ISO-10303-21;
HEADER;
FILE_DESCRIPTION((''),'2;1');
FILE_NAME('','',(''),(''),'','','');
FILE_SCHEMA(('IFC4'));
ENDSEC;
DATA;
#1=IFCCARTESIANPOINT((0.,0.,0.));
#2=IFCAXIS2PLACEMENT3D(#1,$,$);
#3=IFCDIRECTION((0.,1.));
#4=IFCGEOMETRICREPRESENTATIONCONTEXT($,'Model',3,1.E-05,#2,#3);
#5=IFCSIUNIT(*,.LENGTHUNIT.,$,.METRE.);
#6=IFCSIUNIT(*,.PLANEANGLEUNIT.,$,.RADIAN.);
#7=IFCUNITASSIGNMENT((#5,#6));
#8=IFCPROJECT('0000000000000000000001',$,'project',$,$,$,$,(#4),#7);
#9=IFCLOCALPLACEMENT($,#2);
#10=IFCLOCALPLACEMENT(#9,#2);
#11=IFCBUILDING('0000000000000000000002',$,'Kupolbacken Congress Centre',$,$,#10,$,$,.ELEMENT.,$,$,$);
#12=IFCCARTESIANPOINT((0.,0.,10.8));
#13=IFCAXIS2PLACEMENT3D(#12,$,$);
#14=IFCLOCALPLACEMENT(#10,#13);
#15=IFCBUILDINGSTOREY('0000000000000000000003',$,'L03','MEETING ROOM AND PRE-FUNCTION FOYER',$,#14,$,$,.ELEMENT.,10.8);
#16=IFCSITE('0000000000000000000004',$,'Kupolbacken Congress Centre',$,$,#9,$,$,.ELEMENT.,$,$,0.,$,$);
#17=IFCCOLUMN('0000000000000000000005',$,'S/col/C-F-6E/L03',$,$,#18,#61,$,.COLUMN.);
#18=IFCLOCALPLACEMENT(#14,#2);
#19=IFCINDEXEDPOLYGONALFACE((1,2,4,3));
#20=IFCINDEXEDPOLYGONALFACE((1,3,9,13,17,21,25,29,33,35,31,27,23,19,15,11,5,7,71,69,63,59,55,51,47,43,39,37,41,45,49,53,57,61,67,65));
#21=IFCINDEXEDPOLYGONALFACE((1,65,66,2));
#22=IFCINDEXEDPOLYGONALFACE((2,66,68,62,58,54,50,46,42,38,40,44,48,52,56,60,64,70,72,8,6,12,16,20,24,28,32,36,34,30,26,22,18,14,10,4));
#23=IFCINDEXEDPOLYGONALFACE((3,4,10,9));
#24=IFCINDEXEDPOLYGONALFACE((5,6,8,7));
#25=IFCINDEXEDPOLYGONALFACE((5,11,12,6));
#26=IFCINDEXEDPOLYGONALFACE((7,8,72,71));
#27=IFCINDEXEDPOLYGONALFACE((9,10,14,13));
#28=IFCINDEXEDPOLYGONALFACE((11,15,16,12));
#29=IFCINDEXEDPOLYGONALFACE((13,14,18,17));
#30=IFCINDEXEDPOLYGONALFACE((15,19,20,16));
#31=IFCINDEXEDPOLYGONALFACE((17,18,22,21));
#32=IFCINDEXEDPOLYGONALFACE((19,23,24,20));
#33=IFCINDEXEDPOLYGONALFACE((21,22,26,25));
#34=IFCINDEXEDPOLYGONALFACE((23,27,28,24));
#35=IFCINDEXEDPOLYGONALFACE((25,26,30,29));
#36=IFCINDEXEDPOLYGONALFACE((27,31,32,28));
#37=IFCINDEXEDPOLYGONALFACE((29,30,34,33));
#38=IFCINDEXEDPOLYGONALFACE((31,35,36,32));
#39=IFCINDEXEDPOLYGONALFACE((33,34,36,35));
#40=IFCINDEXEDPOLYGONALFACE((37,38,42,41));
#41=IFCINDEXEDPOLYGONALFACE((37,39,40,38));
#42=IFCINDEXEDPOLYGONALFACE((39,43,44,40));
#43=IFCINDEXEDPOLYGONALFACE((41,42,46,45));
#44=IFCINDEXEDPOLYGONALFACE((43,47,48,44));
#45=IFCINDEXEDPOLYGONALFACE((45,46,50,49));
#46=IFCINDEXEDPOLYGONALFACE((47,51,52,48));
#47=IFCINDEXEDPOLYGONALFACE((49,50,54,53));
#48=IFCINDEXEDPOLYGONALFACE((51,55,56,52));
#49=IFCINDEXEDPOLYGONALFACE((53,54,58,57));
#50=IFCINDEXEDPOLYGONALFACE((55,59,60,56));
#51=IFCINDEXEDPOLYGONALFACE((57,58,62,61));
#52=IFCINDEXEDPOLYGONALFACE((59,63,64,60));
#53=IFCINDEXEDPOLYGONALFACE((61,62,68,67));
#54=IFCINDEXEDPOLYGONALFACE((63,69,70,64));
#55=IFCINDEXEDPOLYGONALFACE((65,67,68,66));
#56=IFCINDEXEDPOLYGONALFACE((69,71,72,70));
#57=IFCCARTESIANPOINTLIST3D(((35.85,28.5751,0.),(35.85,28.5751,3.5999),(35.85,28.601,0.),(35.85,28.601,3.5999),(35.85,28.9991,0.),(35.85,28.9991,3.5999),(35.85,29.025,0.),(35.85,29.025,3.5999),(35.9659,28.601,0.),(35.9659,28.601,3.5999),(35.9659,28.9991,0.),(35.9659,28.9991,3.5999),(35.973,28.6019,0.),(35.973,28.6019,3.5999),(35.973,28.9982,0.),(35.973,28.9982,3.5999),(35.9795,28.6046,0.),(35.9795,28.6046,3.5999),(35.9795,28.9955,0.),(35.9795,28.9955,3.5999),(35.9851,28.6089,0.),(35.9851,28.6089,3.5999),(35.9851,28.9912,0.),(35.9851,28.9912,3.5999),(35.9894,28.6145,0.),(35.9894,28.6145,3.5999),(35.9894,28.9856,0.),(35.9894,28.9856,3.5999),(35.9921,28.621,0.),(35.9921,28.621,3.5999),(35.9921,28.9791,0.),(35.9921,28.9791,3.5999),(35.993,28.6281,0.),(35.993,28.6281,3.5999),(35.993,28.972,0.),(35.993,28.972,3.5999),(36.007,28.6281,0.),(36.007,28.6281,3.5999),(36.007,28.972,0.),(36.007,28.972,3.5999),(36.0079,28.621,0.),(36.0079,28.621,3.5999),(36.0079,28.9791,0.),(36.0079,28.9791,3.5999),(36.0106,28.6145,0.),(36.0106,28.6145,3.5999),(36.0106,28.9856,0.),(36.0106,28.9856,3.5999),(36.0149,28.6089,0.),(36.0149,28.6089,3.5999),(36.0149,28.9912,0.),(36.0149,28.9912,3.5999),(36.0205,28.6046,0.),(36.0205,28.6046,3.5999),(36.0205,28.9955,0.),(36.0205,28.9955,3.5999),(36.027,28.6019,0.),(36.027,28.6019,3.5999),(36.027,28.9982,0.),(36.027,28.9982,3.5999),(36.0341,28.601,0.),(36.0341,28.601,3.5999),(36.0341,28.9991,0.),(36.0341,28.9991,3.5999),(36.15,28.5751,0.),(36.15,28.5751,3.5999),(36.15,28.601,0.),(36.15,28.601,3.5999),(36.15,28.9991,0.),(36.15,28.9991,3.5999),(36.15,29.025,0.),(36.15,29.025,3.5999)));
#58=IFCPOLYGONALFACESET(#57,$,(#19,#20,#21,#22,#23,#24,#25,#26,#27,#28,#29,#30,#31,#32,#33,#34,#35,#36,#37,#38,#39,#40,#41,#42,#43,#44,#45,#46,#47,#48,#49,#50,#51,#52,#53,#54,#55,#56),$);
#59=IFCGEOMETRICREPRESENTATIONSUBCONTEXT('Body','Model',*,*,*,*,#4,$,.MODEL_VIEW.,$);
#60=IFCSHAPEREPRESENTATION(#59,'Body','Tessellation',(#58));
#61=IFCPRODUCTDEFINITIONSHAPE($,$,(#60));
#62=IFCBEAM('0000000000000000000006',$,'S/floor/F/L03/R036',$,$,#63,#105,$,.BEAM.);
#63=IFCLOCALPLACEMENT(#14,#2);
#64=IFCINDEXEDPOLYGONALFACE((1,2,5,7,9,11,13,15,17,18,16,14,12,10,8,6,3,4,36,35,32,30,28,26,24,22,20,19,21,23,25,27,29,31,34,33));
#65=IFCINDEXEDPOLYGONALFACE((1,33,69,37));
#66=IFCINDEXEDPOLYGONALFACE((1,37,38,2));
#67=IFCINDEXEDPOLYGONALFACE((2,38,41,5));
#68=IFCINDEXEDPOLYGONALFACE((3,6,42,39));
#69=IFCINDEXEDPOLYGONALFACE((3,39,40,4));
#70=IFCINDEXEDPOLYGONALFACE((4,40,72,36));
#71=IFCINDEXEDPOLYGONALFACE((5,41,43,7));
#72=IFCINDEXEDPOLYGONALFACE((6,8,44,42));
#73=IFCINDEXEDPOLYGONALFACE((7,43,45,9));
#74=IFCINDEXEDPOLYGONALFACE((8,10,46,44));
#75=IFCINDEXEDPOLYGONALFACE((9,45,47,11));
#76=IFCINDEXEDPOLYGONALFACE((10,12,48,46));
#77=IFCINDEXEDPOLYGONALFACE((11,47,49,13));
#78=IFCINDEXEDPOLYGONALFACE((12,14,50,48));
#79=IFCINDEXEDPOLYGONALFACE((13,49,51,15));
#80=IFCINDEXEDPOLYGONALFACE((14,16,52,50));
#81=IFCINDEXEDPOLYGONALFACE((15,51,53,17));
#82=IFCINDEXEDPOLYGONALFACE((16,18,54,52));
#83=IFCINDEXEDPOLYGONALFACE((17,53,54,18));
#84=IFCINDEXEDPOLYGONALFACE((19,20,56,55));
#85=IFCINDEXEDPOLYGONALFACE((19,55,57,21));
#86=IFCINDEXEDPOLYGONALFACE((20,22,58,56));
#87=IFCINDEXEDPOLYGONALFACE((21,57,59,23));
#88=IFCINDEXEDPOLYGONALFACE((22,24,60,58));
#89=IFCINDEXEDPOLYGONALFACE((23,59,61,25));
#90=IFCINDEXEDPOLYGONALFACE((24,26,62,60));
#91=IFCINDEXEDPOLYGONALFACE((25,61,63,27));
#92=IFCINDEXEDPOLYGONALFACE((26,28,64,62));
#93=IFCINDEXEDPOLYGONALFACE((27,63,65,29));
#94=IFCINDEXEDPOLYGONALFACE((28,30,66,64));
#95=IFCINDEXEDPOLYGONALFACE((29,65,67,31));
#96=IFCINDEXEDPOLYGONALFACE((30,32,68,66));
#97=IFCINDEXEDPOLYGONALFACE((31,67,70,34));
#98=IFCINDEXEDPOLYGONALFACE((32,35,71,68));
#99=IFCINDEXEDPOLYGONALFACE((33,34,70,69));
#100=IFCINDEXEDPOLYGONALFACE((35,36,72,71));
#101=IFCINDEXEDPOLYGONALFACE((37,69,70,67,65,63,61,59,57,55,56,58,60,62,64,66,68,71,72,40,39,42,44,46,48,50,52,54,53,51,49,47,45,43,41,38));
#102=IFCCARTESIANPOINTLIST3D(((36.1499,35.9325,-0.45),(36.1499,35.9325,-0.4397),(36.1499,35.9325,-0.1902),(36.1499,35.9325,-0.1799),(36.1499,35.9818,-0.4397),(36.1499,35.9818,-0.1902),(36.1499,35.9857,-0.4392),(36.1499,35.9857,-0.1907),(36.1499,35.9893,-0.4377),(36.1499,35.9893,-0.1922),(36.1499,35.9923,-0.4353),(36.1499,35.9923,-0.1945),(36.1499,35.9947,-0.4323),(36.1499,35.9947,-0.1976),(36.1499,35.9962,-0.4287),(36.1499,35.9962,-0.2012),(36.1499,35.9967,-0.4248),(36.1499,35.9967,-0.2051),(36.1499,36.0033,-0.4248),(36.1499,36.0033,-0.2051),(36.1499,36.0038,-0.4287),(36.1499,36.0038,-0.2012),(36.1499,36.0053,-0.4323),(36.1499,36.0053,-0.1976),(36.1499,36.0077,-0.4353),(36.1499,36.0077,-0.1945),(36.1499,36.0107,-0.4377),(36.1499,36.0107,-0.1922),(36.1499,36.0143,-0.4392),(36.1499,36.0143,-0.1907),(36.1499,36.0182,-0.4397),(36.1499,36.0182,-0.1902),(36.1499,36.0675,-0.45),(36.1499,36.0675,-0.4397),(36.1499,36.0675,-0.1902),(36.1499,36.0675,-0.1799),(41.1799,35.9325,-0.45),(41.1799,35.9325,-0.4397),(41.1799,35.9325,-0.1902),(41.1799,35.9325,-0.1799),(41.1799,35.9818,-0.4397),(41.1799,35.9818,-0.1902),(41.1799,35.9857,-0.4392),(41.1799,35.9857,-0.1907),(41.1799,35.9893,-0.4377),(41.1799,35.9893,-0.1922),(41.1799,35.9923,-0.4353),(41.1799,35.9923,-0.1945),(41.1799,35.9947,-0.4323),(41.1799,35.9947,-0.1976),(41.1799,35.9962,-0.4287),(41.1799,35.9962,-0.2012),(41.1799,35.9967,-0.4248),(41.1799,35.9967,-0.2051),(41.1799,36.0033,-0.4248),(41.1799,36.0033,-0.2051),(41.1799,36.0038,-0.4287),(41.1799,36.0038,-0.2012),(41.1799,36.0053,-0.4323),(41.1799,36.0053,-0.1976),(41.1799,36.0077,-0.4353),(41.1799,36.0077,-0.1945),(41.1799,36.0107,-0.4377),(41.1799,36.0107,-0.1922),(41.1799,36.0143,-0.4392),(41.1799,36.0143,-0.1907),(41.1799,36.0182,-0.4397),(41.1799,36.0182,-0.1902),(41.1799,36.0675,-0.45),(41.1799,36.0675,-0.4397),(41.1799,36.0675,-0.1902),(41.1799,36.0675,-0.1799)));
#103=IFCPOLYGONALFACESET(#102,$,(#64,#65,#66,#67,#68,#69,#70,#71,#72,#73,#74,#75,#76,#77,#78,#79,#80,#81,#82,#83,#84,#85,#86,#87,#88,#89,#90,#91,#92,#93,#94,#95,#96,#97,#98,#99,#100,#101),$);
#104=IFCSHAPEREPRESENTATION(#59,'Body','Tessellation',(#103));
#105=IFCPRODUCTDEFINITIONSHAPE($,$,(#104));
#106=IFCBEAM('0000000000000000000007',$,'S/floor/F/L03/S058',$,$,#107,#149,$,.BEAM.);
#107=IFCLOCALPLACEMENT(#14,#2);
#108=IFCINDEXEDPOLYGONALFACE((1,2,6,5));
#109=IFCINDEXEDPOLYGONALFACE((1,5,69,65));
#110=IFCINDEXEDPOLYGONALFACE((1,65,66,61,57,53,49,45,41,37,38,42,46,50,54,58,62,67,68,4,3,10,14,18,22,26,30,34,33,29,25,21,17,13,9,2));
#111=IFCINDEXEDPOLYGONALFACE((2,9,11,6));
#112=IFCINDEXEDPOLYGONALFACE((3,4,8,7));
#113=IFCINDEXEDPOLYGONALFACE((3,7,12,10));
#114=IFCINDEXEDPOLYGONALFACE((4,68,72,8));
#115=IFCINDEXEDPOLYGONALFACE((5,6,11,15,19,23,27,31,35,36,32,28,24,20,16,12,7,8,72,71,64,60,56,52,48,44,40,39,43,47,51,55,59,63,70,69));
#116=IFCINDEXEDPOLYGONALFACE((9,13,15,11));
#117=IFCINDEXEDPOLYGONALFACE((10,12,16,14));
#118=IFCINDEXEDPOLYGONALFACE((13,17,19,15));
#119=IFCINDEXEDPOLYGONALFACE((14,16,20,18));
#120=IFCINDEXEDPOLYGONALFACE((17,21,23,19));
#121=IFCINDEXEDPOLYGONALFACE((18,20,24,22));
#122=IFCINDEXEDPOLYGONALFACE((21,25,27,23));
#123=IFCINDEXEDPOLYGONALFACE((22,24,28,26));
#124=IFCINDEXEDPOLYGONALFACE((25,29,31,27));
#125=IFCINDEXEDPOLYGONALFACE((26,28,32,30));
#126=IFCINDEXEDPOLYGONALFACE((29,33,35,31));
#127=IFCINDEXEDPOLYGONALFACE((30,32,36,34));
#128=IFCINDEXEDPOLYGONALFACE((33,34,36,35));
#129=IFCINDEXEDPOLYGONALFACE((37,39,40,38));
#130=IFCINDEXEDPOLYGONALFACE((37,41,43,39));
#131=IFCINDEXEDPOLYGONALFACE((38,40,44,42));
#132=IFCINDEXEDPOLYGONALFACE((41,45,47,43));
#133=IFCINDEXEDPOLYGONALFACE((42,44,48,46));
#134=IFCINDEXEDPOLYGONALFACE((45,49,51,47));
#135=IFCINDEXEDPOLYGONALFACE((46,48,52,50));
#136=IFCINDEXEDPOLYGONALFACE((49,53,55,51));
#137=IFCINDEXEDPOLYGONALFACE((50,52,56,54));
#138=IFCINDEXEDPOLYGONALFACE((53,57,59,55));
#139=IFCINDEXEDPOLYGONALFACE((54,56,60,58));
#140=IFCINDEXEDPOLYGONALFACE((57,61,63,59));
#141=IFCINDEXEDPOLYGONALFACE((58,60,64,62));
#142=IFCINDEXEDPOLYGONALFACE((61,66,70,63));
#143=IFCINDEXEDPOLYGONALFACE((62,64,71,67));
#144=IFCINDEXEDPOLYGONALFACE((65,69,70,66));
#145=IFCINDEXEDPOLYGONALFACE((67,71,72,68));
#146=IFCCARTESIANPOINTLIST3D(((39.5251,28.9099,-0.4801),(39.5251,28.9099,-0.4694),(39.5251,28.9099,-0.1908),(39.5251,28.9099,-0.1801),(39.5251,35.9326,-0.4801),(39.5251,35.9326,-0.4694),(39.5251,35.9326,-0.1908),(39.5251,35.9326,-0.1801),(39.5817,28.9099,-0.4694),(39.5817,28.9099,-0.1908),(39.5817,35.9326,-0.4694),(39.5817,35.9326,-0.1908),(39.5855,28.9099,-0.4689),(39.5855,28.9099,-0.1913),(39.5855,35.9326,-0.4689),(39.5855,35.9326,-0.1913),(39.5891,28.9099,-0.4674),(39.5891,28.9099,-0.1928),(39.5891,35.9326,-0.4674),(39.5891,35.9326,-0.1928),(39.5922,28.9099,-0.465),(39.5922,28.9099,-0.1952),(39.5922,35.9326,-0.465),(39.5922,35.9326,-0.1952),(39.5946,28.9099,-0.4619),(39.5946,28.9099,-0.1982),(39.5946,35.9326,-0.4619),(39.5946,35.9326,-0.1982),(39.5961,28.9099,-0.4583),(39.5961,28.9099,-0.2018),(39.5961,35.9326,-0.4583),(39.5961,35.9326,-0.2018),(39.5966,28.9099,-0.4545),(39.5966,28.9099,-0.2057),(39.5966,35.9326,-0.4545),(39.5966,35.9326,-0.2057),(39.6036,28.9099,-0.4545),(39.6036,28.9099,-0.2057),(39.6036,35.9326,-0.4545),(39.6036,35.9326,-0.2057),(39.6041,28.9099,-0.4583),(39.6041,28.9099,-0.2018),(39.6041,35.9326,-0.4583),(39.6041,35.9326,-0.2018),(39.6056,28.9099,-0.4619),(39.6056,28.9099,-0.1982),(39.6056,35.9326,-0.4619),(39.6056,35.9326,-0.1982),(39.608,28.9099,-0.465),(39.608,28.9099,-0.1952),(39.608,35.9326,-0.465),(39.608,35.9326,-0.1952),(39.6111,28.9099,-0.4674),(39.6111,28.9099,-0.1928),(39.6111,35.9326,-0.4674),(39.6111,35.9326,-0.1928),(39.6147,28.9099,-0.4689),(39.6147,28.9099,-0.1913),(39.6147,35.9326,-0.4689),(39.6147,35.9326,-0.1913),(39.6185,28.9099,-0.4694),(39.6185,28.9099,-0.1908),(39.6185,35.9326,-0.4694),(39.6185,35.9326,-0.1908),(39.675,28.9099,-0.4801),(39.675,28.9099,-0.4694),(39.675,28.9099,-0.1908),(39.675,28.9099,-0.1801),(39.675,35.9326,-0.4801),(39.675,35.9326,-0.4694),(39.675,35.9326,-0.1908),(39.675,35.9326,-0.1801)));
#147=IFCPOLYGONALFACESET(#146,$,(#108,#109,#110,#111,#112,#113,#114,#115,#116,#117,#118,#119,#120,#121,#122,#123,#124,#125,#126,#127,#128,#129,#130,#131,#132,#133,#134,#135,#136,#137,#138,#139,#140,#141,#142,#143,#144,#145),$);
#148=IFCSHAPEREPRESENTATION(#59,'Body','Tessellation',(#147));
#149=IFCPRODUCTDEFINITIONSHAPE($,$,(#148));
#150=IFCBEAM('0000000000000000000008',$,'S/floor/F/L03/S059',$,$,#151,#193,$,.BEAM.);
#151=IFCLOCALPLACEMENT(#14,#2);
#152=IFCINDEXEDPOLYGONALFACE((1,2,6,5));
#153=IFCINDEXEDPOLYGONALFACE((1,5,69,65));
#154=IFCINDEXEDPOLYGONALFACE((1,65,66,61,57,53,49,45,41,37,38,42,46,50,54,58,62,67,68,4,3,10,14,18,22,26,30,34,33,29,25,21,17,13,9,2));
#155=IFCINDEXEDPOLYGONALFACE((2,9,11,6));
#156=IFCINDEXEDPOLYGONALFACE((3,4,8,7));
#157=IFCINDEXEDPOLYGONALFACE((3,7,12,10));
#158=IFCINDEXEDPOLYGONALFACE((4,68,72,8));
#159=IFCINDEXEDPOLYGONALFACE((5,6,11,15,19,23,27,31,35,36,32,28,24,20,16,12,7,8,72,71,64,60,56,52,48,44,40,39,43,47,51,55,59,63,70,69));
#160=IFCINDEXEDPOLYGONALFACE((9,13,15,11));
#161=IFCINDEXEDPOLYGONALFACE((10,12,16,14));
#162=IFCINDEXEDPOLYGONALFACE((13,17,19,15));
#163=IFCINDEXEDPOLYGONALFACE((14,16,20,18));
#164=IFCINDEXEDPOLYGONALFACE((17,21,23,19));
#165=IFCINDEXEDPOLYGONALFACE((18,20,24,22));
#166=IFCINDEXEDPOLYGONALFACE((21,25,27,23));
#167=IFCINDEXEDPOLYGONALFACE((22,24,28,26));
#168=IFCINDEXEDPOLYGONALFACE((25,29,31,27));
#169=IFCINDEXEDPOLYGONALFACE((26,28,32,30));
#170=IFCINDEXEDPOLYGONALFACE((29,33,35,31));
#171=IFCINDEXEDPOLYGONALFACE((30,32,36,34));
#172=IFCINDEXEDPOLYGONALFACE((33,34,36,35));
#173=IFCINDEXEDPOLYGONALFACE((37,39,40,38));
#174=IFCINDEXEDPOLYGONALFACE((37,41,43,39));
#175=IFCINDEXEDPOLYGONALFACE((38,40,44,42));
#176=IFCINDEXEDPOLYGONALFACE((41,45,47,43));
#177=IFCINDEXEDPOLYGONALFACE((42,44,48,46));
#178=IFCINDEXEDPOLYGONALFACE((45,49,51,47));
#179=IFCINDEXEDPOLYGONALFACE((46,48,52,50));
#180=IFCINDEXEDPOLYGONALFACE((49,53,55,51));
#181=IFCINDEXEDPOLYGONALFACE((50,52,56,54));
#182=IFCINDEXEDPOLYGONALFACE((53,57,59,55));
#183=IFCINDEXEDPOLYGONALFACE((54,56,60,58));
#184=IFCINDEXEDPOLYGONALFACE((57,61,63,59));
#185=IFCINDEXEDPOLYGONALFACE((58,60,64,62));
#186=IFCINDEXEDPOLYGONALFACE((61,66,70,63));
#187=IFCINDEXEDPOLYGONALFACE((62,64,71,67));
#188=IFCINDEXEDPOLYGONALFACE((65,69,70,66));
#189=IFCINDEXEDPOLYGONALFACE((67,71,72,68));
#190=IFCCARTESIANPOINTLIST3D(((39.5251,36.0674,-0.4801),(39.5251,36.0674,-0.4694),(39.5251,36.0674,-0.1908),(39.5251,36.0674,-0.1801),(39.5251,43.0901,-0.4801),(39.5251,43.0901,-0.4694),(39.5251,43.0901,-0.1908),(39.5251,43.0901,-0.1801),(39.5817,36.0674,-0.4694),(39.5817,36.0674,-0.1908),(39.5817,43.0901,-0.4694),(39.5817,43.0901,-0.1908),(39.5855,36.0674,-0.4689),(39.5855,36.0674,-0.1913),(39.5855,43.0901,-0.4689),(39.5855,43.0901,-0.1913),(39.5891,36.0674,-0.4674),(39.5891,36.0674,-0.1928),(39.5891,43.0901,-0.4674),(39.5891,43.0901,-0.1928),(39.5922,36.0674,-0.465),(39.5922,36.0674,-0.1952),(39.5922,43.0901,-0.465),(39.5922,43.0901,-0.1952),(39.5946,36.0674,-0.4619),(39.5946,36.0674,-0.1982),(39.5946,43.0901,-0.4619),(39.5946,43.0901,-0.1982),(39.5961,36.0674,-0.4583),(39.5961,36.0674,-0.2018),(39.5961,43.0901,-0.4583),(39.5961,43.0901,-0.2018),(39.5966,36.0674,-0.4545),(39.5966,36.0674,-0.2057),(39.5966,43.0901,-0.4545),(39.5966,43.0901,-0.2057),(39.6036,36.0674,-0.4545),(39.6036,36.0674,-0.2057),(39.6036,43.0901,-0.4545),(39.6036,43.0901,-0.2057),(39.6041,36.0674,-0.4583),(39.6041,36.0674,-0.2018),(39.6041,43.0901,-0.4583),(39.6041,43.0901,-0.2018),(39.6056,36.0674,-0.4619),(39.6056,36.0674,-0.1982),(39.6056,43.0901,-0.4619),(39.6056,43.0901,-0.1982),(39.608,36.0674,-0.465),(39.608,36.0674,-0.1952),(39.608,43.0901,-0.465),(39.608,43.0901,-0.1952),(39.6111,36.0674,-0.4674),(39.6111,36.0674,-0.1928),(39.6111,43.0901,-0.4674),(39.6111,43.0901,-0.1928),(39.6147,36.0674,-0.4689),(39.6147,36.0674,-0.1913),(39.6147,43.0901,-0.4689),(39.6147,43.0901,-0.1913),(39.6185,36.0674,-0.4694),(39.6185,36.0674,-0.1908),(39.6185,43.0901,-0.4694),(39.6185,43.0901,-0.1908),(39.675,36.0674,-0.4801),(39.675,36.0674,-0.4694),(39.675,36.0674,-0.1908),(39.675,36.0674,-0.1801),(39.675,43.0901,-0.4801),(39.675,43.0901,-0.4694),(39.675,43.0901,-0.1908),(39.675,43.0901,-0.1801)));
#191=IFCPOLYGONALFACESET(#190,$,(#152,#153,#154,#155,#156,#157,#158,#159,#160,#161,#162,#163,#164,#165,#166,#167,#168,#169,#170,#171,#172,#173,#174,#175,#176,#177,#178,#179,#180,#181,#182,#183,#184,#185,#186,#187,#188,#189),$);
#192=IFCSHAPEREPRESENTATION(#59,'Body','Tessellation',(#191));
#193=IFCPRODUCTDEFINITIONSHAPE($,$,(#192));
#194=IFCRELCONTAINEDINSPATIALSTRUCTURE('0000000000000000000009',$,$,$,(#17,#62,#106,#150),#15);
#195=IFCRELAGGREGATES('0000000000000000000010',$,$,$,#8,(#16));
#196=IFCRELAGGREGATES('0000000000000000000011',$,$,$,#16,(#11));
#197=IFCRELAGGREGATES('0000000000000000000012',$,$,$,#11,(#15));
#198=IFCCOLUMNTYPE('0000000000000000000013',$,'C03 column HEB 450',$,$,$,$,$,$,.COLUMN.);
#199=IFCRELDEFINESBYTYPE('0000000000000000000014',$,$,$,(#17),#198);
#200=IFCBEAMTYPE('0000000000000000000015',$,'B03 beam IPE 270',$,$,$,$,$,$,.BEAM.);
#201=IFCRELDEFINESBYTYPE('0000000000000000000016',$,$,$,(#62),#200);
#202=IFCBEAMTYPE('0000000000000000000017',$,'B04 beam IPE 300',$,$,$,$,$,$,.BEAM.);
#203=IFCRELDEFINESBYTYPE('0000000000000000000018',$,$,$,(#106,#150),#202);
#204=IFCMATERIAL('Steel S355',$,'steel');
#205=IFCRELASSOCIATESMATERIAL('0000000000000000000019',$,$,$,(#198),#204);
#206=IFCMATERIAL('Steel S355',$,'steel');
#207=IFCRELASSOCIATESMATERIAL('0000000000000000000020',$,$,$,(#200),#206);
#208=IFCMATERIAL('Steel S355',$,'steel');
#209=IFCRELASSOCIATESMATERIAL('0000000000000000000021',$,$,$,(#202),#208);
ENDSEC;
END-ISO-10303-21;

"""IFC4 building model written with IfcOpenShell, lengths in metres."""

from ifc_helpers import new_model, si_unit, direction, frame, origin, origin_2d, place, context, subcontext, project, spatial, i_section, extrude, material, material_profile, profile_set, type_object, element, save


model = new_model("IFC4")

# Units and contexts
model_context = context("Model", 3, precision=1e-05, world=origin(), true_north=direction((0.0, 1.0)))
body_context = subcontext(model_context, "Body", "Model", "MODEL_VIEW")
ifc_project = project(units=[si_unit("LENGTHUNIT", "METRE"), si_unit("PLANEANGLEUNIT", "RADIAN")], contexts=[model_context])

# Site, building, storey
site_placement = place(None, origin())
site = spatial("IfcSite", under=ifc_project, at=site_placement, Name="Kupolbacken Congress Centre", CompositionType="ELEMENT", RefElevation=0.0)
building_placement = place(site_placement, origin())
building = spatial("IfcBuilding", under=site, at=building_placement, Name="Kupolbacken Congress Centre", CompositionType="ELEMENT")
storey_placement = place(building_placement, frame((0.0, 0.0, 10.8)))
storey = spatial("IfcBuildingStorey", under=building, at=storey_placement, Name="L03", Description="MEETING ROOM AND PRE-FUNCTION FOYER", CompositionType="ELEMENT", Elevation=10.8)

# Column
ifc_material_1 = material(Name="Steel S355", Category="steel")
ifc_material_profile_1 = material_profile(ifc_material_1, i_section(OverallWidth=0.3, OverallDepth=0.45, WebThickness=0.0139, FlangeThickness=0.0259, FilletRadius=0.0271, at=origin_2d()), Name="HEB 450")
ifc_profile_set_1 = profile_set([ifc_material_profile_1], Name="Steel S355")
column_type = type_object("IfcColumnType", Name="C03 column HEB 450", PredefinedType="COLUMN", material=ifc_profile_set_1)
column_placement = place(storey_placement, frame((36.0, 28.8, 0.0), z_axis=(0.0, 0.0, 1.0), x_axis=(1.0, 0.0, 0.0)))
element("IfcColumn", 1, at=column_placement, inside=storey, type_object=column_type, Name="S/col/C-F-6E/L03", PredefinedType="COLUMN", context=body_context, shape_type="SweptSolid", body=[
    extrude(i_section(OverallWidth=0.3, OverallDepth=0.45, WebThickness=0.0139, FlangeThickness=0.0259, FilletRadius=0.0271, at=origin_2d()), origin(), (0.0, 0.0, 1.0), 3.5999),
])

# Beams
ifc_material_2 = material(Name="Steel S355", Category="steel")
ifc_material_profile_2 = material_profile(ifc_material_2, i_section(OverallWidth=0.135, OverallDepth=0.27, WebThickness=0.0066, FlangeThickness=0.0103, FilletRadius=0.0149, at=origin_2d()), Name="IPE 270")
ifc_profile_set_2 = profile_set([ifc_material_profile_2], Name="Steel S355")
beam_type_1 = type_object("IfcBeamType", Name="B03 beam IPE 270", PredefinedType="BEAM", material=ifc_profile_set_2)
beam_1_placement = place(storey_placement, frame((36.1499, 36.0, -0.3149), z_axis=(1.0, 0.0, 0.0), x_axis=(0.0, 1.0, 0.0)))
element("IfcBeam", 2, at=beam_1_placement, inside=storey, type_object=beam_type_1, Name="S/floor/F/L03/R036", PredefinedType="BEAM", context=body_context, shape_type="SweptSolid", body=[
    extrude(i_section(OverallWidth=0.135, OverallDepth=0.27, WebThickness=0.0066, FlangeThickness=0.0103, FilletRadius=0.0149, at=origin_2d()), origin(), (0.0, 0.0, 1.0), 5.03),
])
ifc_material_3 = material(Name="Steel S355", Category="steel")
ifc_material_profile_3 = material_profile(ifc_material_3, i_section(OverallWidth=0.1499, OverallDepth=0.3, WebThickness=0.0071, FlangeThickness=0.0107, FilletRadius=0.0149, at=origin_2d()), Name="IPE 300")
ifc_profile_set_3 = profile_set([ifc_material_profile_3], Name="Steel S355")
beam_type_2 = type_object("IfcBeamType", Name="B04 beam IPE 300", PredefinedType="BEAM", material=ifc_profile_set_3)
for number, where, z_axis, x_axis, name in (
    (3, (39.6001, 28.9099, -0.3301), (0.0, 1.0, 0.0), (-1.0, 0.0, 0.0), "S/floor/F/L03/S058"),
    (4, (39.6001, 36.0674, -0.3301), (0.0, 1.0, 0.0), (-1.0, 0.0, 0.0), "S/floor/F/L03/S059"),
):
    element("IfcBeam", number, at=place(storey_placement, frame(where, z_axis=z_axis, x_axis=x_axis)), inside=storey, type_object=beam_type_2, Name=name, PredefinedType="BEAM", context=body_context, shape_type="SweptSolid", body=[
        extrude(i_section(OverallWidth=0.1499, OverallDepth=0.3, WebThickness=0.0071, FlangeThickness=0.0107, FilletRadius=0.0149, at=origin_2d()), origin(), (0.0, 0.0, 1.0), 7.0227),
    ])

save(model, "model.ifc")
